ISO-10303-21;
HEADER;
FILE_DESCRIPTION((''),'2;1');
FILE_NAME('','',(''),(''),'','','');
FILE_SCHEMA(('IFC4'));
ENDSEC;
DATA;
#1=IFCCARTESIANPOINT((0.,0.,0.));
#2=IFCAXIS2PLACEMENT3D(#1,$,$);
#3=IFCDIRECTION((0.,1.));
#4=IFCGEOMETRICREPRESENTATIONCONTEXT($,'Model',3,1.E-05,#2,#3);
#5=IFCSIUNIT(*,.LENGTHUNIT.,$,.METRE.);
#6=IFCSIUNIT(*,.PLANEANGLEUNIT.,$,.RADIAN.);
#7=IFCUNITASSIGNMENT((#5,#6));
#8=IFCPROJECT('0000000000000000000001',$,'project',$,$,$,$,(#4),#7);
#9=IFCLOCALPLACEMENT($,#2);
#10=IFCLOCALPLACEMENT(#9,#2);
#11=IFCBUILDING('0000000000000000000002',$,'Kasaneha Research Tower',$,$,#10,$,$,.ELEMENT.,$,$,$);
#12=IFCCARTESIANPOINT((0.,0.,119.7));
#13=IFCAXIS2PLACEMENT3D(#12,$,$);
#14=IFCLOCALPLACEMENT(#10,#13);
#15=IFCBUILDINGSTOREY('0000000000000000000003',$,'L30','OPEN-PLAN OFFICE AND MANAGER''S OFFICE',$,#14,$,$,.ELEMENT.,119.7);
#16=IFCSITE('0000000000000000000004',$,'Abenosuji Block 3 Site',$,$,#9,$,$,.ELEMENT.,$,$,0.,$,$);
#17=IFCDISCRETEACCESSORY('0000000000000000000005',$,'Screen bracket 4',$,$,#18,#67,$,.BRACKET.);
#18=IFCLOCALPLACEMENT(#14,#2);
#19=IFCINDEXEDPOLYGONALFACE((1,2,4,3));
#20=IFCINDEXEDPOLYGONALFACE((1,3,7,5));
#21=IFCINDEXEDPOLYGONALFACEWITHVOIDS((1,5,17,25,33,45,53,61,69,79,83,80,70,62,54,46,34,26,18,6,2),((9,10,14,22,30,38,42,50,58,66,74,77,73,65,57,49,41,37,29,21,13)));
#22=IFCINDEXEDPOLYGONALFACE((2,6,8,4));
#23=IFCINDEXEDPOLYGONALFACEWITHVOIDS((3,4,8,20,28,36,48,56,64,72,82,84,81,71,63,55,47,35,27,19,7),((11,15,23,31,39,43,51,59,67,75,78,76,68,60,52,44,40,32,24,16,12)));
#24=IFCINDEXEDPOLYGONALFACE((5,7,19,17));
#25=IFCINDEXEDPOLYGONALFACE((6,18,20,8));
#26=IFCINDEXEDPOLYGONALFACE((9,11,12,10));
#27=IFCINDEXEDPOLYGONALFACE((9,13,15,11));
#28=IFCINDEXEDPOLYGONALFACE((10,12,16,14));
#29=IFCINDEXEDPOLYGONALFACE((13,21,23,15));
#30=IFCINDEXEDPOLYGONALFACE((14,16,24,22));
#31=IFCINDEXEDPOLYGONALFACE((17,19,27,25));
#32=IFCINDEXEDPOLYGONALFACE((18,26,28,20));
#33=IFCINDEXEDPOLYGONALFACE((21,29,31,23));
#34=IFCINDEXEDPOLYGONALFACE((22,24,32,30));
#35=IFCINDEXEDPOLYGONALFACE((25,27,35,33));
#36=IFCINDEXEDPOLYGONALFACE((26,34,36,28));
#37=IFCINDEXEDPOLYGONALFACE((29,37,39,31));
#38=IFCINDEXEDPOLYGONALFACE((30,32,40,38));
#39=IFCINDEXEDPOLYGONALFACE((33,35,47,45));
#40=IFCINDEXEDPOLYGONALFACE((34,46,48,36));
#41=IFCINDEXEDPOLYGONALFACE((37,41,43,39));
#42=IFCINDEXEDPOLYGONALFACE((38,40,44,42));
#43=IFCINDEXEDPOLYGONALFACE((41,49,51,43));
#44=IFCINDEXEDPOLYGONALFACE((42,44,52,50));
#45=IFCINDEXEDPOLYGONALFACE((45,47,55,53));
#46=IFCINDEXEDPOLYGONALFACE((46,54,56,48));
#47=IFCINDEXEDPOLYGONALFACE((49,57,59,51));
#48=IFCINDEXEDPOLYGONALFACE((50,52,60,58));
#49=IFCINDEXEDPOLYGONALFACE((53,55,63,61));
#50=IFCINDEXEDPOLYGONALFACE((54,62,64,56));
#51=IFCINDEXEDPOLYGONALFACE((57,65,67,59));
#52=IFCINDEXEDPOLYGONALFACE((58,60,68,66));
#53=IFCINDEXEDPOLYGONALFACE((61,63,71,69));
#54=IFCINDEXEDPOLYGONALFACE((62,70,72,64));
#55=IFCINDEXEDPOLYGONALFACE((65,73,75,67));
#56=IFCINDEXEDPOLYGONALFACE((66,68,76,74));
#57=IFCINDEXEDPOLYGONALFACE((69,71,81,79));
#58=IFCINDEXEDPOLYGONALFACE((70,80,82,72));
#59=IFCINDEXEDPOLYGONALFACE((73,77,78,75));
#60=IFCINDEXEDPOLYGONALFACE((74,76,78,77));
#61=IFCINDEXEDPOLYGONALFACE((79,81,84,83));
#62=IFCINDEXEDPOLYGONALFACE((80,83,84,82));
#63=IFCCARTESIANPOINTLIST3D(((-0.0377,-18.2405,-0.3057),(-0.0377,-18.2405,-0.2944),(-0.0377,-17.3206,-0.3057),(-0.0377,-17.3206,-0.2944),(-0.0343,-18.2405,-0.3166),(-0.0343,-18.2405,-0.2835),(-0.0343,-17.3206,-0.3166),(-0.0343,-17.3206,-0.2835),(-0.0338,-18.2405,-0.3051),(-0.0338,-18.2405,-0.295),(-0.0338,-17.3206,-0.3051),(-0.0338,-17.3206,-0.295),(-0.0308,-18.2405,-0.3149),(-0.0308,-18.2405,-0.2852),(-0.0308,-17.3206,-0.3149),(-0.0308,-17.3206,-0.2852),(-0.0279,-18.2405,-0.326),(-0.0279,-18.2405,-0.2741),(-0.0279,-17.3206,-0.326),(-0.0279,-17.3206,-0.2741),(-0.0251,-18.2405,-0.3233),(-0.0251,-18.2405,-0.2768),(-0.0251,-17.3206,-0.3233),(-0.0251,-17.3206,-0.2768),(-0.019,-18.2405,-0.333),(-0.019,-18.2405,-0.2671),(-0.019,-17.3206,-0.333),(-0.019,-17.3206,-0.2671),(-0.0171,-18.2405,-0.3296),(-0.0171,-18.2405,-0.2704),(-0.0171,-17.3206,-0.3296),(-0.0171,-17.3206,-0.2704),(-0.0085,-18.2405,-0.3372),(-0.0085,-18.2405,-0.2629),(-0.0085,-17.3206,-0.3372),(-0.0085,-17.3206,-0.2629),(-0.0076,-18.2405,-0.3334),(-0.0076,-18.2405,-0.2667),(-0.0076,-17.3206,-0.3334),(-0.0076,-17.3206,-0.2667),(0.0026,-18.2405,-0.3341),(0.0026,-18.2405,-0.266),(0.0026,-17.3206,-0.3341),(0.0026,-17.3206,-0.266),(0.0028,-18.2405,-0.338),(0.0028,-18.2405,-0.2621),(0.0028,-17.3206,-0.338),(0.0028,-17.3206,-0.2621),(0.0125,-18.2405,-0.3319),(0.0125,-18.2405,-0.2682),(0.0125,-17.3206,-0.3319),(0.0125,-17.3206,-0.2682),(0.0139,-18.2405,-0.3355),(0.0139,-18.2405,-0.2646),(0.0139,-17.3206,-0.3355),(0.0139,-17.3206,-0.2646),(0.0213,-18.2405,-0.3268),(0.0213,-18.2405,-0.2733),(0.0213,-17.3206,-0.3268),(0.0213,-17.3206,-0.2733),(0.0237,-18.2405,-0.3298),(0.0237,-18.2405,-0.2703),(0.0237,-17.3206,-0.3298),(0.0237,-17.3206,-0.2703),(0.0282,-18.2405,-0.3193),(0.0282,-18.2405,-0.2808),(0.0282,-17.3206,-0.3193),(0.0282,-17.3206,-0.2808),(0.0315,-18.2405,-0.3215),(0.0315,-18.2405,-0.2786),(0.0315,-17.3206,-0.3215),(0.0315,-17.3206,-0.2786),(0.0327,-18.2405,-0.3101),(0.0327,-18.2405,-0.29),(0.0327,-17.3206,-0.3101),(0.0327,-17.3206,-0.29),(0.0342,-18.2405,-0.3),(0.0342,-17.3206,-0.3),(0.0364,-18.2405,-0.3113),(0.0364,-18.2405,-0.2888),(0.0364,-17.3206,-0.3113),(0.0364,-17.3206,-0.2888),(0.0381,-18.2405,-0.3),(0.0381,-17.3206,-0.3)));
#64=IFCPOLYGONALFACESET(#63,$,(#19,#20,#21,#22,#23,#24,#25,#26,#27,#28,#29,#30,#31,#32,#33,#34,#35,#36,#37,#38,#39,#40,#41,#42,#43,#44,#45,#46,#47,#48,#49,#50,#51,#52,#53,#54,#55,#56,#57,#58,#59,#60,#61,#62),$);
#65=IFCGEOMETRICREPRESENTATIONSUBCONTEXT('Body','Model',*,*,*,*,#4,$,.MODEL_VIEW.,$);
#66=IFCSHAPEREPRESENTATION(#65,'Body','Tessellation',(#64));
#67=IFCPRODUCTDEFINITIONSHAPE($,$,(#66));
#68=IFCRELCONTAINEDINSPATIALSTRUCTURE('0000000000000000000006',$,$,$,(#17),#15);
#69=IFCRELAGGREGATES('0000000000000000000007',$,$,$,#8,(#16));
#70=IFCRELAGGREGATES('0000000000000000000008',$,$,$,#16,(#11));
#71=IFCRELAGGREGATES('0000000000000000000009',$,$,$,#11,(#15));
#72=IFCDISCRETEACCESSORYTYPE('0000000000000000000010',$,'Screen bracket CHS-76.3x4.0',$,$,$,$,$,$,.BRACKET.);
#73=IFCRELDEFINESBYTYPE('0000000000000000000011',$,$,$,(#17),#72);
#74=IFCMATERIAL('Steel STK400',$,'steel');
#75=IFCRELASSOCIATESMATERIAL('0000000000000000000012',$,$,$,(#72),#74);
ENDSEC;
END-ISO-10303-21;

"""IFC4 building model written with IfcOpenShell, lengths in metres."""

from ifc_helpers import new_model, si_unit, direction, frame, origin, origin_2d, place, context, subcontext, project, spatial, hollow_circle, extrude, material, material_profile, profile_set, type_object, element, save


model = new_model("IFC4")

# Units and contexts
model_context = context("Model", 3, precision=1e-05, world=origin(), true_north=direction((0.0, 1.0)))
body_context = subcontext(model_context, "Body", "Model", "MODEL_VIEW")
ifc_project = project(units=[si_unit("LENGTHUNIT", "METRE"), si_unit("PLANEANGLEUNIT", "RADIAN")], contexts=[model_context])

# Site, building, storey
site_placement = place(None, origin())
site = spatial("IfcSite", under=ifc_project, at=site_placement, Name="Abenosuji Block 3 Site", CompositionType="ELEMENT", RefElevation=0.0)
building_placement = place(site_placement, origin())
building = spatial("IfcBuilding", under=site, at=building_placement, Name="Kasaneha Research Tower", CompositionType="ELEMENT")
storey_placement = place(building_placement, frame((0.0, 0.0, 119.7)))
storey = spatial("IfcBuildingStorey", under=building, at=storey_placement, Name="L30", Description="OPEN-PLAN OFFICE AND MANAGER'S OFFICE", CompositionType="ELEMENT", Elevation=119.7)

# Discrete accessory
ifc_material_1 = material(Name="Steel STK400", Category="steel")
ifc_material_profile_1 = material_profile(ifc_material_1, hollow_circle(Radius=0.0381, WallThickness=0.0039, at=origin_2d()), Name="CHS-76.3x4.0")
ifc_profile_set_1 = profile_set([ifc_material_profile_1], Name="Steel STK400")
discrete_accessory_type = type_object("IfcDiscreteAccessoryType", Name="Screen bracket CHS-76.3x4.0", PredefinedType="BRACKET", material=ifc_profile_set_1)
for number, where, z_axis, x_axis, name in (
    (1, (0.0, -17.3206, -0.3), (0.0, -1.0, 0.0), (1.0, 0.0, 0.0), "Screen bracket 4"),
):
    element("IfcDiscreteAccessory", number, at=place(storey_placement, frame(where, z_axis=z_axis, x_axis=x_axis)), inside=storey, type_object=discrete_accessory_type, Name=name, PredefinedType="BRACKET", context=body_context, shape_type="SweptSolid", body=[
        extrude(hollow_circle(Radius=0.0381, WallThickness=0.0039, at=origin_2d()), origin(), (0.0, 0.0, 1.0), 0.9199),
    ])

save(model, "model.ifc")
